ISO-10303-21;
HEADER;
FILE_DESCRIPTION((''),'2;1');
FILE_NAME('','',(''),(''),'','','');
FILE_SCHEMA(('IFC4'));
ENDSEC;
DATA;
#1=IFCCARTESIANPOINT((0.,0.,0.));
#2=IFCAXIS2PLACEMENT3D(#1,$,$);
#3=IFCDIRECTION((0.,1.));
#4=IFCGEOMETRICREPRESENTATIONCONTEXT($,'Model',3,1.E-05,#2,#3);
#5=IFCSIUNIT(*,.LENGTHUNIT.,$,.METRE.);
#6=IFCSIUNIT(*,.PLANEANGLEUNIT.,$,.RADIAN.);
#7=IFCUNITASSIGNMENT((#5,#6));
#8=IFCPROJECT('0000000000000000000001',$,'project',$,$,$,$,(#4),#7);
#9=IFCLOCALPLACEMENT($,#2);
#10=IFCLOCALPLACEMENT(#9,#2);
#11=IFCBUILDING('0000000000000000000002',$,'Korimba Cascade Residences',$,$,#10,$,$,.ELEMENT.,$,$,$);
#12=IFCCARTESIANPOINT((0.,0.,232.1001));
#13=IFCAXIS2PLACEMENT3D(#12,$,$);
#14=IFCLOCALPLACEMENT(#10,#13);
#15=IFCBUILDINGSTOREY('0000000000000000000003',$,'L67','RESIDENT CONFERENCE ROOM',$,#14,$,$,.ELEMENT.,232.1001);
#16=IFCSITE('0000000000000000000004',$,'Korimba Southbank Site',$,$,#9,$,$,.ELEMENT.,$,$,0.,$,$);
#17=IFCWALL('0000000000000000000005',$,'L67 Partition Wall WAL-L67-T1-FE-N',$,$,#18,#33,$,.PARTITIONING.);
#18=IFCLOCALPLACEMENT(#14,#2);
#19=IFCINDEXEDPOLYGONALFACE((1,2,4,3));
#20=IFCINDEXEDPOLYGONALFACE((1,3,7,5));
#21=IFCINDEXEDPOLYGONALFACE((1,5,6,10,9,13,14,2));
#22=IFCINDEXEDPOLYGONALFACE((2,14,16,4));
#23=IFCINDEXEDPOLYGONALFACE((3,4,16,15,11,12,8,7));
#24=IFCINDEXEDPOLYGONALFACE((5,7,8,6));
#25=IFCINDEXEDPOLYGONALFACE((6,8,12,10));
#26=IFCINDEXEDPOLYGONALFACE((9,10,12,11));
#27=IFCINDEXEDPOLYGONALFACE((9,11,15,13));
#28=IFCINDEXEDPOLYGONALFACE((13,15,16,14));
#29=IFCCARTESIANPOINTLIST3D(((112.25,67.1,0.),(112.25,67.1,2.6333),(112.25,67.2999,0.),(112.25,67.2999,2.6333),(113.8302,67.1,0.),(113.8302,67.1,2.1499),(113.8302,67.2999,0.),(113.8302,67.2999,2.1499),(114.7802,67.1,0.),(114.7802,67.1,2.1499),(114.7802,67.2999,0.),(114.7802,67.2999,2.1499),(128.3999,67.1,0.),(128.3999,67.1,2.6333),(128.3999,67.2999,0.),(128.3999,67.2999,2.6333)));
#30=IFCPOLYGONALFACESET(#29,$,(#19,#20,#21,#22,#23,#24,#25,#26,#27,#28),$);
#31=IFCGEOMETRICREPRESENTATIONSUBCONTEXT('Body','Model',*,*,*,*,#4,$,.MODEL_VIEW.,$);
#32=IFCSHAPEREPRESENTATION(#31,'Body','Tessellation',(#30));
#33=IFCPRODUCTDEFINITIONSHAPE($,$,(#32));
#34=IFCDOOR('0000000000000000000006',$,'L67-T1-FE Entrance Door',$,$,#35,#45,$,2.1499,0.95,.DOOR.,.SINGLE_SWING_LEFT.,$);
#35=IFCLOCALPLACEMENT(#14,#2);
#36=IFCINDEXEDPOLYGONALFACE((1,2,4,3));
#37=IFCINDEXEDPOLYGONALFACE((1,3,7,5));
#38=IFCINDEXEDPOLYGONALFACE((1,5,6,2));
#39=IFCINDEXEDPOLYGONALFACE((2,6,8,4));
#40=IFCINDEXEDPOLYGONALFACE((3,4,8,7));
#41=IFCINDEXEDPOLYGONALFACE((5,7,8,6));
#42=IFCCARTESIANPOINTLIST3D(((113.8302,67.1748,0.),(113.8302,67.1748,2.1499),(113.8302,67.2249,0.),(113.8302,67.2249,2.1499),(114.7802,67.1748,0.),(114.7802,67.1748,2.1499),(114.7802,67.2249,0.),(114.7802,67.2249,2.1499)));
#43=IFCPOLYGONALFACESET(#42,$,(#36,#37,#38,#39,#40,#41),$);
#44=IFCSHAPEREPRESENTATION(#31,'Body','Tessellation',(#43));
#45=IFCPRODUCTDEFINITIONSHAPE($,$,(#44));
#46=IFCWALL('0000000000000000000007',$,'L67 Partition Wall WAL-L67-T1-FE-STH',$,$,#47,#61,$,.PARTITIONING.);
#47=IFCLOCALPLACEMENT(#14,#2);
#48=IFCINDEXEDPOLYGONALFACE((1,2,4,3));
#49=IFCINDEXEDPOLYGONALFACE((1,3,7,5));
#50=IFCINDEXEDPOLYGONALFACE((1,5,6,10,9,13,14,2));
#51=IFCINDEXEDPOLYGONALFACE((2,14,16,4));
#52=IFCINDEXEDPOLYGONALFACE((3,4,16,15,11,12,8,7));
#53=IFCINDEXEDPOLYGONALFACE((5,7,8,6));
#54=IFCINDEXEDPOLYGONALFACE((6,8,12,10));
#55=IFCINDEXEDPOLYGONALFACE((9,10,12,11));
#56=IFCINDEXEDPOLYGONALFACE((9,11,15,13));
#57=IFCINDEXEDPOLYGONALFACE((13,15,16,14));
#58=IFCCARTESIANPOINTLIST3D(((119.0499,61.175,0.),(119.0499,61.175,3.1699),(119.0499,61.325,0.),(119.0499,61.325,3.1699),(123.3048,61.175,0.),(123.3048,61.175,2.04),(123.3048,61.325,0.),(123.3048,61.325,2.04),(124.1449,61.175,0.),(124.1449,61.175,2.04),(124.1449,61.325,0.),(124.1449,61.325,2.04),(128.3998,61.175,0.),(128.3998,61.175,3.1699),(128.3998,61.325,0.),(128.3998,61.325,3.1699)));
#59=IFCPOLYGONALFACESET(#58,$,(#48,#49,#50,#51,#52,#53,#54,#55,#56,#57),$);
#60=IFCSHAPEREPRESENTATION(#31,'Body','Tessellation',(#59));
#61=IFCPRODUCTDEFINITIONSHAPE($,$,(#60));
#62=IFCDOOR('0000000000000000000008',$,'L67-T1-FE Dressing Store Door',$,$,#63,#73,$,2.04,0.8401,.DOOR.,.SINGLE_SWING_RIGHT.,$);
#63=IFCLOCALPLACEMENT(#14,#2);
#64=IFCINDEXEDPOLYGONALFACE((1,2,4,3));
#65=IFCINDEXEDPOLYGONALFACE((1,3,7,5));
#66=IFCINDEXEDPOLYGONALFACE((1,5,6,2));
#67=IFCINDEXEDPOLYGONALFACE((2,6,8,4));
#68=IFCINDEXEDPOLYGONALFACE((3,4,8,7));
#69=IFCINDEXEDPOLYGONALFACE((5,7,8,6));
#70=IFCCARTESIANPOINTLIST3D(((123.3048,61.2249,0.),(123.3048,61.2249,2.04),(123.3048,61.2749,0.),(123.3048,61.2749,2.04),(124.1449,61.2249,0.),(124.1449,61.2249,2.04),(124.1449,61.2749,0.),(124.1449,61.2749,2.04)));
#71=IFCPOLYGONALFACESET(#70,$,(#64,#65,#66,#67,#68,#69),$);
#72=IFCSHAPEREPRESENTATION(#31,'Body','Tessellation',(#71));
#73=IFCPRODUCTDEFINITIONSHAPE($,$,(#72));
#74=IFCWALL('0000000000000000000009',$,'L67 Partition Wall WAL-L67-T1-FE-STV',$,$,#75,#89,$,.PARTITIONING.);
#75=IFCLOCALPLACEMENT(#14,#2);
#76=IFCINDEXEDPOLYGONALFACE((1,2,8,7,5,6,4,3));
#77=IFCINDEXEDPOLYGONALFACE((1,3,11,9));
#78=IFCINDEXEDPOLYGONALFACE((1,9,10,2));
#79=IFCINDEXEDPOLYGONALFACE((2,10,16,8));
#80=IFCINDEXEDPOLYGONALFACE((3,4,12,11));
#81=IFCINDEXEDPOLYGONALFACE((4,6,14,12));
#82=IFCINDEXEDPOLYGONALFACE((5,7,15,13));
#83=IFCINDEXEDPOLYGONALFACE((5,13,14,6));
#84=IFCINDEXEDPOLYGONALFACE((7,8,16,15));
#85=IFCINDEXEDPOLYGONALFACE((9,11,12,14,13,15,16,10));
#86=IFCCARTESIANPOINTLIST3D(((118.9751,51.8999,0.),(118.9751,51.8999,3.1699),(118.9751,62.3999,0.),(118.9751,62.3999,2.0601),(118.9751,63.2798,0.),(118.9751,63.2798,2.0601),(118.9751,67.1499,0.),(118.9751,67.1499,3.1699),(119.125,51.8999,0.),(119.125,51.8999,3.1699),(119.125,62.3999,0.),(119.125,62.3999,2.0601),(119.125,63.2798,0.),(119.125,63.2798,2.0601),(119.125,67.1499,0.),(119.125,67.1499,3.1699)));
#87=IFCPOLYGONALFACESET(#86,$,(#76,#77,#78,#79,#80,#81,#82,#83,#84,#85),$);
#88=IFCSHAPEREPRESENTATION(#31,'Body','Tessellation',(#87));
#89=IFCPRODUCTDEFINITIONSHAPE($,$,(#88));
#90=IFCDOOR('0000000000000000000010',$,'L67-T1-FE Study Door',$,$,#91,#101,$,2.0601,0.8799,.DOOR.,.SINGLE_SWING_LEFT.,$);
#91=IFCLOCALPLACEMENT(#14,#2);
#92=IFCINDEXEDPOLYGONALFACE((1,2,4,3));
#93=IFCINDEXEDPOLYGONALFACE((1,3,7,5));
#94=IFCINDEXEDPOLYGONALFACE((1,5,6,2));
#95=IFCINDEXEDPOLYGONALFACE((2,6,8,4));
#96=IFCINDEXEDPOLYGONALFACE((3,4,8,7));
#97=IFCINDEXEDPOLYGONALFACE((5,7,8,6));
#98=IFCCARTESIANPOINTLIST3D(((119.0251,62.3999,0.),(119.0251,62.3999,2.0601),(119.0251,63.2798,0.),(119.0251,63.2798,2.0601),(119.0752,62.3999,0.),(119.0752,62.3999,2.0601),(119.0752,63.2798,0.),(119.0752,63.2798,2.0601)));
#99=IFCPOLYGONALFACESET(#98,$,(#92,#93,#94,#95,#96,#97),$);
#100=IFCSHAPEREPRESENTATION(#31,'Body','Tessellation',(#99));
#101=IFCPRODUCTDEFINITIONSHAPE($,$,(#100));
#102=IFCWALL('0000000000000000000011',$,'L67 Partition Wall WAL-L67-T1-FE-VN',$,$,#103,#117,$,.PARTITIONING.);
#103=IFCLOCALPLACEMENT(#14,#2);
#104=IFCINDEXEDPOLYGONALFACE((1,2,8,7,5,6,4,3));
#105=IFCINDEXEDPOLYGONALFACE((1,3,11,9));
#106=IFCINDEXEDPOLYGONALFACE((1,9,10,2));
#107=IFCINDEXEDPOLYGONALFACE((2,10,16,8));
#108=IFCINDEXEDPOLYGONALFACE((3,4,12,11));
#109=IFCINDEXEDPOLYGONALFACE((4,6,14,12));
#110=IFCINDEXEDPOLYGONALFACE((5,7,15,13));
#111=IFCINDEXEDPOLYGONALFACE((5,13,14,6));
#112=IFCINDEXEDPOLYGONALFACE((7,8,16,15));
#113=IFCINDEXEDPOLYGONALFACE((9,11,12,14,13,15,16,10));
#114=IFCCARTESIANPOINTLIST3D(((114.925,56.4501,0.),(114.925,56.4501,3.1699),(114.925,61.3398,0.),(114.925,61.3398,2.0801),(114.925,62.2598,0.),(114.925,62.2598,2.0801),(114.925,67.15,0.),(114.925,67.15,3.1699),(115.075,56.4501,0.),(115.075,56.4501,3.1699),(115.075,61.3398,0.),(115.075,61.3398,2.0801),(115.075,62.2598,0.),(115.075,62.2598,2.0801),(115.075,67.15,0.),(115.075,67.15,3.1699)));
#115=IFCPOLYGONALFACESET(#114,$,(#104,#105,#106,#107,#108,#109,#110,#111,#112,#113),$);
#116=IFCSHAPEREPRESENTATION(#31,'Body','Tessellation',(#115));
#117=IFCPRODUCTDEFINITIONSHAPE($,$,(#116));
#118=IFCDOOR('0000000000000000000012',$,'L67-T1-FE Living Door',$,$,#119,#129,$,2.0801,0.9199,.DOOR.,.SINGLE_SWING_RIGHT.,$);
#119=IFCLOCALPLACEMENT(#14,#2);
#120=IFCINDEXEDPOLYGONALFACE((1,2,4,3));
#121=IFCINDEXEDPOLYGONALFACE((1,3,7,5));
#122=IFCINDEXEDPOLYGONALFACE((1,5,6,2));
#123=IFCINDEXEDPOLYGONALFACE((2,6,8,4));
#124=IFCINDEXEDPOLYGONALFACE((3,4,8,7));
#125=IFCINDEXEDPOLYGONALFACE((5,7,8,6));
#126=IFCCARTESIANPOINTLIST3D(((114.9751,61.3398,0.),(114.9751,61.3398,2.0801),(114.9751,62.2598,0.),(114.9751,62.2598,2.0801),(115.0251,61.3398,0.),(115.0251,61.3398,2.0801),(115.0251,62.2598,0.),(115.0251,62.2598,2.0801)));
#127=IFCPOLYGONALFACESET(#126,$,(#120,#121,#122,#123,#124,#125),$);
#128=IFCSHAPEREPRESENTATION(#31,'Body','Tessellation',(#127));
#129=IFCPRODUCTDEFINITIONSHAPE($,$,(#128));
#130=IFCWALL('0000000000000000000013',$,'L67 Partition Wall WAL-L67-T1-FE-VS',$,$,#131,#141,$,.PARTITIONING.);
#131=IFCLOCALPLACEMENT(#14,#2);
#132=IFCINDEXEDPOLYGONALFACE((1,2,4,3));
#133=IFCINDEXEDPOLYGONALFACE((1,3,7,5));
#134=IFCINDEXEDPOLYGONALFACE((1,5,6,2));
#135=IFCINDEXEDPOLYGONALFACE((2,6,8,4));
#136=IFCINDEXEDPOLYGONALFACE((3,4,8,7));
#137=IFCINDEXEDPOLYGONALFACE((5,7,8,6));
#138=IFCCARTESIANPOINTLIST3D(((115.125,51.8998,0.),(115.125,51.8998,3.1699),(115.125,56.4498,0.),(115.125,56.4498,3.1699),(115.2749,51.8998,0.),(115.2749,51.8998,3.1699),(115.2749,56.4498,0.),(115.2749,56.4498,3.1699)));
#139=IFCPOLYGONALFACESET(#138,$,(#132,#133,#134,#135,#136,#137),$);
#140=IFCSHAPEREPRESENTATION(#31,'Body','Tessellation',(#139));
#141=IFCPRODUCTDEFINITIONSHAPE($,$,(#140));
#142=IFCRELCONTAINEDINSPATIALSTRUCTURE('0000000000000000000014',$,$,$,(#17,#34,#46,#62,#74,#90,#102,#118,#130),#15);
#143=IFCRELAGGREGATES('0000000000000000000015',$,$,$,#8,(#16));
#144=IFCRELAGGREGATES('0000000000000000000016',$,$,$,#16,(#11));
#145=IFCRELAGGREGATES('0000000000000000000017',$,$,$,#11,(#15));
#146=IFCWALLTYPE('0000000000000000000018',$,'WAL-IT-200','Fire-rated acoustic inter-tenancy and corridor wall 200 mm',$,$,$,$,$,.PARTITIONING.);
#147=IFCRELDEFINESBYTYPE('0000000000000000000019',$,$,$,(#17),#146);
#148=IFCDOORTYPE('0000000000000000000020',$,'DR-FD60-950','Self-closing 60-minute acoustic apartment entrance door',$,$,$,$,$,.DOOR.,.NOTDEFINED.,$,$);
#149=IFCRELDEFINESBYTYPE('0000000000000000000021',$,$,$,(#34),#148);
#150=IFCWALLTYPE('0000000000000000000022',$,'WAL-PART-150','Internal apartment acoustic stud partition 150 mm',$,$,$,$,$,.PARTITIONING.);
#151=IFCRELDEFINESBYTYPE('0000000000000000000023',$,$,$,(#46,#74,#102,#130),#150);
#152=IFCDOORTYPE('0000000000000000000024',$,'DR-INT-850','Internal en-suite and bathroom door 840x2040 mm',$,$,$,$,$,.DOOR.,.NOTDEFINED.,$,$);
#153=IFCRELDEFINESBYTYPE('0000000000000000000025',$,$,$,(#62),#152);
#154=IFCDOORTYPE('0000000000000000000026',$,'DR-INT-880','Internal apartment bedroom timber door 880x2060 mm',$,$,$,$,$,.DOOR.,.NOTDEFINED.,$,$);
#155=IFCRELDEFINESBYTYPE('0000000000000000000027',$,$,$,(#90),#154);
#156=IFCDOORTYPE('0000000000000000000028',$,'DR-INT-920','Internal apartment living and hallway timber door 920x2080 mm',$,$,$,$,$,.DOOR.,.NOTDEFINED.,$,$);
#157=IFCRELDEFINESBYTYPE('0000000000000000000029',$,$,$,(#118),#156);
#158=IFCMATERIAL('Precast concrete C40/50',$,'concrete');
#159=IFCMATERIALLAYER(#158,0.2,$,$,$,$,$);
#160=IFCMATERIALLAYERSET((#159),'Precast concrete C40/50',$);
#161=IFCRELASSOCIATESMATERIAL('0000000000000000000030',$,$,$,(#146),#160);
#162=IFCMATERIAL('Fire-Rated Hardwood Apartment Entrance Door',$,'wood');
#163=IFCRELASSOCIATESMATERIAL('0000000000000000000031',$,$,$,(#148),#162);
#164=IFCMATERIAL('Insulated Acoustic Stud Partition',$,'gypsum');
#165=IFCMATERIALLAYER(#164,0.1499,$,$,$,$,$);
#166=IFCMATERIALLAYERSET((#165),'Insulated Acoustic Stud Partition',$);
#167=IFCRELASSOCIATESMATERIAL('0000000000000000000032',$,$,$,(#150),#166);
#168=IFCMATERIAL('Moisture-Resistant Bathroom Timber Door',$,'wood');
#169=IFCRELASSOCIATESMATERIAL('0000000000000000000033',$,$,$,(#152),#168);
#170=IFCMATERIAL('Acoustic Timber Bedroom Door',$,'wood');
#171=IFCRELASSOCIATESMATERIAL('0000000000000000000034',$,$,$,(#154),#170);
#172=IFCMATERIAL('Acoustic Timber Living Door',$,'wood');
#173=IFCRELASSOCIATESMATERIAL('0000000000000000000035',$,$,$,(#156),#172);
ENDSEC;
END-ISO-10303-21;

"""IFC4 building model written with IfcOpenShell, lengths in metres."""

from ifc_helpers import new_model, si_unit, direction, frame, frame_2d, origin, place, context, subcontext, project, spatial, rectangle, extrude, material, layer, layer_set, type_object, element, fill, save


model = new_model("IFC4")

# Units and contexts
model_context = context("Model", 3, precision=1e-05, world=origin(), true_north=direction((0.0, 1.0)))
body_context = subcontext(model_context, "Body", "Model", "MODEL_VIEW")
ifc_project = project(units=[si_unit("LENGTHUNIT", "METRE"), si_unit("PLANEANGLEUNIT", "RADIAN")], contexts=[model_context])

# Site, building, storey
site_placement = place(None, origin())
site = spatial("IfcSite", under=ifc_project, at=site_placement, Name="Korimba Southbank Site", CompositionType="ELEMENT", RefElevation=0.0)
building_placement = place(site_placement, origin())
building = spatial("IfcBuilding", under=site, at=building_placement, Name="Korimba Cascade Residences", CompositionType="ELEMENT")
storey_placement = place(building_placement, frame((0.0, 0.0, 232.1001)))
storey = spatial("IfcBuildingStorey", under=building, at=storey_placement, Name="L67", Description="RESIDENT CONFERENCE ROOM", CompositionType="ELEMENT", Elevation=232.1001)

# Walls, openings, doors
ifc_material_1 = material(Name="Precast concrete C40/50", Category="concrete")
ifc_layer_1 = layer(ifc_material_1, 0.2)
ifc_layer_set_1 = layer_set([ifc_layer_1], Name="Precast concrete C40/50")
wall_type_1 = type_object("IfcWallType", Name="WAL-IT-200", Description="Fire-rated acoustic inter-tenancy and corridor wall 200 mm", PredefinedType="PARTITIONING", material=ifc_layer_set_1)
wall_1_placement = place(storey_placement, frame((112.25, 67.2, 0.0), z_axis=(0.0, 0.0, 1.0), x_axis=(1.0, 0.0, 0.0)))
wall_1 = element("IfcWall", 1, at=wall_1_placement, inside=storey, type_object=wall_type_1, Name="L67 Partition Wall WAL-L67-T1-FE-N", PredefinedType="PARTITIONING", context=body_context, shape_type="SweptSolid", body=[
    extrude(rectangle(XDim=16.1499, YDim=0.2, at=frame_2d((8.075, 0.0))), origin(), (0.0, 0.0, 1.0), 2.6333),
])
opening_1_placement = place(wall_1_placement, frame((1.5801, 0.0, 0.0)))
opening_1 = element("IfcOpeningElement", 2, at=opening_1_placement, cuts=wall_1, PredefinedType="OPENING", context=body_context, shape_type="SweptSolid", body=[
    extrude(rectangle(XDim=0.95, YDim=2.1499, at=frame_2d((0.4751, 1.075))), frame((0.0, 0.1099, 0.0), z_axis=(0.0, -1.0, 0.0), x_axis=(1.0, 0.0, 0.0)), (0.0, 0.0, 1.0), 0.22),
])
ifc_material_2 = material(Name="Fire-Rated Hardwood Apartment Entrance Door", Category="wood")
door_type_1 = type_object("IfcDoorType", Name="DR-FD60-950", Description="Self-closing 60-minute acoustic apartment entrance door", OperationType="NOTDEFINED", PredefinedType="DOOR", material=ifc_material_2)
door_1_placement = place(opening_1_placement, origin())
door_1 = element("IfcDoor", 3, at=door_1_placement, inside=storey, type_object=door_type_1, Name="L67-T1-FE Entrance Door", OperationType="SINGLE_SWING_LEFT", OverallHeight=2.1499, OverallWidth=0.95, PredefinedType="DOOR", context=body_context, shape_type="SweptSolid", body=[
    extrude(rectangle(XDim=0.95, YDim=2.1499, at=frame_2d((0.4751, 1.075))), frame((0.0, 0.0249, 0.0), z_axis=(0.0, -1.0, 0.0), x_axis=(1.0, 0.0, 0.0)), (0.0, 0.0, 1.0), 0.05),
])
fill(opening_1, door_1)
ifc_material_3 = material(Name="Insulated Acoustic Stud Partition", Category="gypsum")
ifc_layer_2 = layer(ifc_material_3, 0.1499)
ifc_layer_set_2 = layer_set([ifc_layer_2], Name="Insulated Acoustic Stud Partition")
wall_type_2 = type_object("IfcWallType", Name="WAL-PART-150", Description="Internal apartment acoustic stud partition 150 mm", PredefinedType="PARTITIONING", material=ifc_layer_set_2)
wall_2_placement = place(storey_placement, frame((119.05, 61.25, 0.0), z_axis=(0.0, 0.0, 1.0), x_axis=(1.0, 0.0, 0.0)))
wall_2 = element("IfcWall", 4, at=wall_2_placement, inside=storey, type_object=wall_type_2, Name="L67 Partition Wall WAL-L67-T1-FE-STH", PredefinedType="PARTITIONING", context=body_context, shape_type="SweptSolid", body=[
    extrude(rectangle(XDim=9.3499, YDim=0.1499, at=frame_2d((4.6748, 0.0))), origin(), (0.0, 0.0, 1.0), 3.1699),
])
opening_2_placement = place(wall_2_placement, frame((4.2549, 0.0, 0.0)))
opening_2 = element("IfcOpeningElement", 5, at=opening_2_placement, cuts=wall_2, PredefinedType="OPENING", context=body_context, shape_type="SweptSolid", body=[
    extrude(rectangle(XDim=0.8401, YDim=2.04, at=frame_2d((0.4199, 1.02))), frame((0.0, 0.085, 0.0), z_axis=(0.0, -1.0, 0.0), x_axis=(1.0, 0.0, 0.0)), (0.0, 0.0, 1.0), 0.1699),
])
ifc_material_4 = material(Name="Moisture-Resistant Bathroom Timber Door", Category="wood")
door_type_2 = type_object("IfcDoorType", Name="DR-INT-850", Description="Internal en-suite and bathroom door 840x2040 mm", OperationType="NOTDEFINED", PredefinedType="DOOR", material=ifc_material_4)
door_2_placement = place(opening_2_placement, origin())
door_2 = element("IfcDoor", 6, at=door_2_placement, inside=storey, type_object=door_type_2, Name="L67-T1-FE Dressing Store Door", OperationType="SINGLE_SWING_RIGHT", OverallHeight=2.04, OverallWidth=0.8401, PredefinedType="DOOR", context=body_context, shape_type="SweptSolid", body=[
    extrude(rectangle(XDim=0.8401, YDim=2.04, at=frame_2d((0.4199, 1.02))), frame((0.0, 0.0249, 0.0), z_axis=(0.0, -1.0, 0.0), x_axis=(1.0, 0.0, 0.0)), (0.0, 0.0, 1.0), 0.05),
])
fill(opening_2, door_2)
wall_3_placement = place(storey_placement, frame((119.05, 51.8999, 0.0), z_axis=(0.0, 0.0, 1.0), x_axis=(0.0, 1.0, 0.0)))
wall_3 = element("IfcWall", 7, at=wall_3_placement, inside=storey, type_object=wall_type_2, Name="L67 Partition Wall WAL-L67-T1-FE-STV", PredefinedType="PARTITIONING", context=body_context, shape_type="SweptSolid", body=[
    extrude(rectangle(XDim=15.25, YDim=0.1499, at=frame_2d((7.625, 0.0))), origin(), (0.0, 0.0, 1.0), 3.1699),
])
opening_3_placement = place(wall_3_placement, frame((10.5, 0.0, 0.0)))
opening_3 = element("IfcOpeningElement", 8, at=opening_3_placement, cuts=wall_3, PredefinedType="OPENING", context=body_context, shape_type="SweptSolid", body=[
    extrude(rectangle(XDim=0.8799, YDim=2.0601, at=frame_2d((0.4399, 1.03))), frame((0.0, 0.085, 0.0), z_axis=(0.0, -1.0, 0.0), x_axis=(1.0, 0.0, 0.0)), (0.0, 0.0, 1.0), 0.1699),
])
ifc_material_5 = material(Name="Acoustic Timber Bedroom Door", Category="wood")
door_type_3 = type_object("IfcDoorType", Name="DR-INT-880", Description="Internal apartment bedroom timber door 880x2060 mm", OperationType="NOTDEFINED", PredefinedType="DOOR", material=ifc_material_5)
door_3_placement = place(opening_3_placement, origin())
door_3 = element("IfcDoor", 9, at=door_3_placement, inside=storey, type_object=door_type_3, Name="L67-T1-FE Study Door", OperationType="SINGLE_SWING_LEFT", OverallHeight=2.0601, OverallWidth=0.8799, PredefinedType="DOOR", context=body_context, shape_type="SweptSolid", body=[
    extrude(rectangle(XDim=0.8799, YDim=2.0601, at=frame_2d((0.4399, 1.03))), frame((0.0, 0.0249, 0.0), z_axis=(0.0, -1.0, 0.0), x_axis=(1.0, 0.0, 0.0)), (0.0, 0.0, 1.0), 0.05),
])
fill(opening_3, door_3)
wall_4_placement = place(storey_placement, frame((115.0, 56.45, 0.0), z_axis=(0.0, 0.0, 1.0), x_axis=(0.0, 1.0, 0.0)))
wall_4 = element("IfcWall", 10, at=wall_4_placement, inside=storey, type_object=wall_type_2, Name="L67 Partition Wall WAL-L67-T1-FE-VN", PredefinedType="PARTITIONING", context=body_context, shape_type="SweptSolid", body=[
    extrude(rectangle(XDim=10.7, YDim=0.1499, at=frame_2d((5.3501, 0.0))), origin(), (0.0, 0.0, 1.0), 3.1699),
])
opening_4_placement = place(wall_4_placement, frame((4.8899, 0.0, 0.0)))
opening_4 = element("IfcOpeningElement", 11, at=opening_4_placement, cuts=wall_4, PredefinedType="OPENING", context=body_context, shape_type="SweptSolid", body=[
    extrude(rectangle(XDim=0.9199, YDim=2.0801, at=frame_2d((0.46, 1.04))), frame((0.0, 0.085, 0.0), z_axis=(0.0, -1.0, 0.0), x_axis=(1.0, 0.0, 0.0)), (0.0, 0.0, 1.0), 0.1699),
])
ifc_material_6 = material(Name="Acoustic Timber Living Door", Category="wood")
door_type_4 = type_object("IfcDoorType", Name="DR-INT-920", Description="Internal apartment living and hallway timber door 920x2080 mm", OperationType="NOTDEFINED", PredefinedType="DOOR", material=ifc_material_6)
door_4_placement = place(opening_4_placement, origin())
door_4 = element("IfcDoor", 12, at=door_4_placement, inside=storey, type_object=door_type_4, Name="L67-T1-FE Living Door", OperationType="SINGLE_SWING_RIGHT", OverallHeight=2.0801, OverallWidth=0.9199, PredefinedType="DOOR", context=body_context, shape_type="SweptSolid", body=[
    extrude(rectangle(XDim=0.9199, YDim=2.0801, at=frame_2d((0.46, 1.04))), frame((0.0, 0.0249, 0.0), z_axis=(0.0, -1.0, 0.0), x_axis=(1.0, 0.0, 0.0)), (0.0, 0.0, 1.0), 0.05),
])
fill(opening_4, door_4)

# Wall
wall_5_placement = place(storey_placement, frame((115.2, 51.8999, 0.0), z_axis=(0.0, 0.0, 1.0), x_axis=(0.0, 1.0, 0.0)))
element("IfcWall", 13, at=wall_5_placement, inside=storey, type_object=wall_type_2, Name="L67 Partition Wall WAL-L67-T1-FE-VS", PredefinedType="PARTITIONING", context=body_context, shape_type="SweptSolid", body=[
    extrude(rectangle(XDim=4.55, YDim=0.1499, at=frame_2d((2.2749, 0.0))), origin(), (0.0, 0.0, 1.0), 3.1699),
])

save(model, "model.ifc")
